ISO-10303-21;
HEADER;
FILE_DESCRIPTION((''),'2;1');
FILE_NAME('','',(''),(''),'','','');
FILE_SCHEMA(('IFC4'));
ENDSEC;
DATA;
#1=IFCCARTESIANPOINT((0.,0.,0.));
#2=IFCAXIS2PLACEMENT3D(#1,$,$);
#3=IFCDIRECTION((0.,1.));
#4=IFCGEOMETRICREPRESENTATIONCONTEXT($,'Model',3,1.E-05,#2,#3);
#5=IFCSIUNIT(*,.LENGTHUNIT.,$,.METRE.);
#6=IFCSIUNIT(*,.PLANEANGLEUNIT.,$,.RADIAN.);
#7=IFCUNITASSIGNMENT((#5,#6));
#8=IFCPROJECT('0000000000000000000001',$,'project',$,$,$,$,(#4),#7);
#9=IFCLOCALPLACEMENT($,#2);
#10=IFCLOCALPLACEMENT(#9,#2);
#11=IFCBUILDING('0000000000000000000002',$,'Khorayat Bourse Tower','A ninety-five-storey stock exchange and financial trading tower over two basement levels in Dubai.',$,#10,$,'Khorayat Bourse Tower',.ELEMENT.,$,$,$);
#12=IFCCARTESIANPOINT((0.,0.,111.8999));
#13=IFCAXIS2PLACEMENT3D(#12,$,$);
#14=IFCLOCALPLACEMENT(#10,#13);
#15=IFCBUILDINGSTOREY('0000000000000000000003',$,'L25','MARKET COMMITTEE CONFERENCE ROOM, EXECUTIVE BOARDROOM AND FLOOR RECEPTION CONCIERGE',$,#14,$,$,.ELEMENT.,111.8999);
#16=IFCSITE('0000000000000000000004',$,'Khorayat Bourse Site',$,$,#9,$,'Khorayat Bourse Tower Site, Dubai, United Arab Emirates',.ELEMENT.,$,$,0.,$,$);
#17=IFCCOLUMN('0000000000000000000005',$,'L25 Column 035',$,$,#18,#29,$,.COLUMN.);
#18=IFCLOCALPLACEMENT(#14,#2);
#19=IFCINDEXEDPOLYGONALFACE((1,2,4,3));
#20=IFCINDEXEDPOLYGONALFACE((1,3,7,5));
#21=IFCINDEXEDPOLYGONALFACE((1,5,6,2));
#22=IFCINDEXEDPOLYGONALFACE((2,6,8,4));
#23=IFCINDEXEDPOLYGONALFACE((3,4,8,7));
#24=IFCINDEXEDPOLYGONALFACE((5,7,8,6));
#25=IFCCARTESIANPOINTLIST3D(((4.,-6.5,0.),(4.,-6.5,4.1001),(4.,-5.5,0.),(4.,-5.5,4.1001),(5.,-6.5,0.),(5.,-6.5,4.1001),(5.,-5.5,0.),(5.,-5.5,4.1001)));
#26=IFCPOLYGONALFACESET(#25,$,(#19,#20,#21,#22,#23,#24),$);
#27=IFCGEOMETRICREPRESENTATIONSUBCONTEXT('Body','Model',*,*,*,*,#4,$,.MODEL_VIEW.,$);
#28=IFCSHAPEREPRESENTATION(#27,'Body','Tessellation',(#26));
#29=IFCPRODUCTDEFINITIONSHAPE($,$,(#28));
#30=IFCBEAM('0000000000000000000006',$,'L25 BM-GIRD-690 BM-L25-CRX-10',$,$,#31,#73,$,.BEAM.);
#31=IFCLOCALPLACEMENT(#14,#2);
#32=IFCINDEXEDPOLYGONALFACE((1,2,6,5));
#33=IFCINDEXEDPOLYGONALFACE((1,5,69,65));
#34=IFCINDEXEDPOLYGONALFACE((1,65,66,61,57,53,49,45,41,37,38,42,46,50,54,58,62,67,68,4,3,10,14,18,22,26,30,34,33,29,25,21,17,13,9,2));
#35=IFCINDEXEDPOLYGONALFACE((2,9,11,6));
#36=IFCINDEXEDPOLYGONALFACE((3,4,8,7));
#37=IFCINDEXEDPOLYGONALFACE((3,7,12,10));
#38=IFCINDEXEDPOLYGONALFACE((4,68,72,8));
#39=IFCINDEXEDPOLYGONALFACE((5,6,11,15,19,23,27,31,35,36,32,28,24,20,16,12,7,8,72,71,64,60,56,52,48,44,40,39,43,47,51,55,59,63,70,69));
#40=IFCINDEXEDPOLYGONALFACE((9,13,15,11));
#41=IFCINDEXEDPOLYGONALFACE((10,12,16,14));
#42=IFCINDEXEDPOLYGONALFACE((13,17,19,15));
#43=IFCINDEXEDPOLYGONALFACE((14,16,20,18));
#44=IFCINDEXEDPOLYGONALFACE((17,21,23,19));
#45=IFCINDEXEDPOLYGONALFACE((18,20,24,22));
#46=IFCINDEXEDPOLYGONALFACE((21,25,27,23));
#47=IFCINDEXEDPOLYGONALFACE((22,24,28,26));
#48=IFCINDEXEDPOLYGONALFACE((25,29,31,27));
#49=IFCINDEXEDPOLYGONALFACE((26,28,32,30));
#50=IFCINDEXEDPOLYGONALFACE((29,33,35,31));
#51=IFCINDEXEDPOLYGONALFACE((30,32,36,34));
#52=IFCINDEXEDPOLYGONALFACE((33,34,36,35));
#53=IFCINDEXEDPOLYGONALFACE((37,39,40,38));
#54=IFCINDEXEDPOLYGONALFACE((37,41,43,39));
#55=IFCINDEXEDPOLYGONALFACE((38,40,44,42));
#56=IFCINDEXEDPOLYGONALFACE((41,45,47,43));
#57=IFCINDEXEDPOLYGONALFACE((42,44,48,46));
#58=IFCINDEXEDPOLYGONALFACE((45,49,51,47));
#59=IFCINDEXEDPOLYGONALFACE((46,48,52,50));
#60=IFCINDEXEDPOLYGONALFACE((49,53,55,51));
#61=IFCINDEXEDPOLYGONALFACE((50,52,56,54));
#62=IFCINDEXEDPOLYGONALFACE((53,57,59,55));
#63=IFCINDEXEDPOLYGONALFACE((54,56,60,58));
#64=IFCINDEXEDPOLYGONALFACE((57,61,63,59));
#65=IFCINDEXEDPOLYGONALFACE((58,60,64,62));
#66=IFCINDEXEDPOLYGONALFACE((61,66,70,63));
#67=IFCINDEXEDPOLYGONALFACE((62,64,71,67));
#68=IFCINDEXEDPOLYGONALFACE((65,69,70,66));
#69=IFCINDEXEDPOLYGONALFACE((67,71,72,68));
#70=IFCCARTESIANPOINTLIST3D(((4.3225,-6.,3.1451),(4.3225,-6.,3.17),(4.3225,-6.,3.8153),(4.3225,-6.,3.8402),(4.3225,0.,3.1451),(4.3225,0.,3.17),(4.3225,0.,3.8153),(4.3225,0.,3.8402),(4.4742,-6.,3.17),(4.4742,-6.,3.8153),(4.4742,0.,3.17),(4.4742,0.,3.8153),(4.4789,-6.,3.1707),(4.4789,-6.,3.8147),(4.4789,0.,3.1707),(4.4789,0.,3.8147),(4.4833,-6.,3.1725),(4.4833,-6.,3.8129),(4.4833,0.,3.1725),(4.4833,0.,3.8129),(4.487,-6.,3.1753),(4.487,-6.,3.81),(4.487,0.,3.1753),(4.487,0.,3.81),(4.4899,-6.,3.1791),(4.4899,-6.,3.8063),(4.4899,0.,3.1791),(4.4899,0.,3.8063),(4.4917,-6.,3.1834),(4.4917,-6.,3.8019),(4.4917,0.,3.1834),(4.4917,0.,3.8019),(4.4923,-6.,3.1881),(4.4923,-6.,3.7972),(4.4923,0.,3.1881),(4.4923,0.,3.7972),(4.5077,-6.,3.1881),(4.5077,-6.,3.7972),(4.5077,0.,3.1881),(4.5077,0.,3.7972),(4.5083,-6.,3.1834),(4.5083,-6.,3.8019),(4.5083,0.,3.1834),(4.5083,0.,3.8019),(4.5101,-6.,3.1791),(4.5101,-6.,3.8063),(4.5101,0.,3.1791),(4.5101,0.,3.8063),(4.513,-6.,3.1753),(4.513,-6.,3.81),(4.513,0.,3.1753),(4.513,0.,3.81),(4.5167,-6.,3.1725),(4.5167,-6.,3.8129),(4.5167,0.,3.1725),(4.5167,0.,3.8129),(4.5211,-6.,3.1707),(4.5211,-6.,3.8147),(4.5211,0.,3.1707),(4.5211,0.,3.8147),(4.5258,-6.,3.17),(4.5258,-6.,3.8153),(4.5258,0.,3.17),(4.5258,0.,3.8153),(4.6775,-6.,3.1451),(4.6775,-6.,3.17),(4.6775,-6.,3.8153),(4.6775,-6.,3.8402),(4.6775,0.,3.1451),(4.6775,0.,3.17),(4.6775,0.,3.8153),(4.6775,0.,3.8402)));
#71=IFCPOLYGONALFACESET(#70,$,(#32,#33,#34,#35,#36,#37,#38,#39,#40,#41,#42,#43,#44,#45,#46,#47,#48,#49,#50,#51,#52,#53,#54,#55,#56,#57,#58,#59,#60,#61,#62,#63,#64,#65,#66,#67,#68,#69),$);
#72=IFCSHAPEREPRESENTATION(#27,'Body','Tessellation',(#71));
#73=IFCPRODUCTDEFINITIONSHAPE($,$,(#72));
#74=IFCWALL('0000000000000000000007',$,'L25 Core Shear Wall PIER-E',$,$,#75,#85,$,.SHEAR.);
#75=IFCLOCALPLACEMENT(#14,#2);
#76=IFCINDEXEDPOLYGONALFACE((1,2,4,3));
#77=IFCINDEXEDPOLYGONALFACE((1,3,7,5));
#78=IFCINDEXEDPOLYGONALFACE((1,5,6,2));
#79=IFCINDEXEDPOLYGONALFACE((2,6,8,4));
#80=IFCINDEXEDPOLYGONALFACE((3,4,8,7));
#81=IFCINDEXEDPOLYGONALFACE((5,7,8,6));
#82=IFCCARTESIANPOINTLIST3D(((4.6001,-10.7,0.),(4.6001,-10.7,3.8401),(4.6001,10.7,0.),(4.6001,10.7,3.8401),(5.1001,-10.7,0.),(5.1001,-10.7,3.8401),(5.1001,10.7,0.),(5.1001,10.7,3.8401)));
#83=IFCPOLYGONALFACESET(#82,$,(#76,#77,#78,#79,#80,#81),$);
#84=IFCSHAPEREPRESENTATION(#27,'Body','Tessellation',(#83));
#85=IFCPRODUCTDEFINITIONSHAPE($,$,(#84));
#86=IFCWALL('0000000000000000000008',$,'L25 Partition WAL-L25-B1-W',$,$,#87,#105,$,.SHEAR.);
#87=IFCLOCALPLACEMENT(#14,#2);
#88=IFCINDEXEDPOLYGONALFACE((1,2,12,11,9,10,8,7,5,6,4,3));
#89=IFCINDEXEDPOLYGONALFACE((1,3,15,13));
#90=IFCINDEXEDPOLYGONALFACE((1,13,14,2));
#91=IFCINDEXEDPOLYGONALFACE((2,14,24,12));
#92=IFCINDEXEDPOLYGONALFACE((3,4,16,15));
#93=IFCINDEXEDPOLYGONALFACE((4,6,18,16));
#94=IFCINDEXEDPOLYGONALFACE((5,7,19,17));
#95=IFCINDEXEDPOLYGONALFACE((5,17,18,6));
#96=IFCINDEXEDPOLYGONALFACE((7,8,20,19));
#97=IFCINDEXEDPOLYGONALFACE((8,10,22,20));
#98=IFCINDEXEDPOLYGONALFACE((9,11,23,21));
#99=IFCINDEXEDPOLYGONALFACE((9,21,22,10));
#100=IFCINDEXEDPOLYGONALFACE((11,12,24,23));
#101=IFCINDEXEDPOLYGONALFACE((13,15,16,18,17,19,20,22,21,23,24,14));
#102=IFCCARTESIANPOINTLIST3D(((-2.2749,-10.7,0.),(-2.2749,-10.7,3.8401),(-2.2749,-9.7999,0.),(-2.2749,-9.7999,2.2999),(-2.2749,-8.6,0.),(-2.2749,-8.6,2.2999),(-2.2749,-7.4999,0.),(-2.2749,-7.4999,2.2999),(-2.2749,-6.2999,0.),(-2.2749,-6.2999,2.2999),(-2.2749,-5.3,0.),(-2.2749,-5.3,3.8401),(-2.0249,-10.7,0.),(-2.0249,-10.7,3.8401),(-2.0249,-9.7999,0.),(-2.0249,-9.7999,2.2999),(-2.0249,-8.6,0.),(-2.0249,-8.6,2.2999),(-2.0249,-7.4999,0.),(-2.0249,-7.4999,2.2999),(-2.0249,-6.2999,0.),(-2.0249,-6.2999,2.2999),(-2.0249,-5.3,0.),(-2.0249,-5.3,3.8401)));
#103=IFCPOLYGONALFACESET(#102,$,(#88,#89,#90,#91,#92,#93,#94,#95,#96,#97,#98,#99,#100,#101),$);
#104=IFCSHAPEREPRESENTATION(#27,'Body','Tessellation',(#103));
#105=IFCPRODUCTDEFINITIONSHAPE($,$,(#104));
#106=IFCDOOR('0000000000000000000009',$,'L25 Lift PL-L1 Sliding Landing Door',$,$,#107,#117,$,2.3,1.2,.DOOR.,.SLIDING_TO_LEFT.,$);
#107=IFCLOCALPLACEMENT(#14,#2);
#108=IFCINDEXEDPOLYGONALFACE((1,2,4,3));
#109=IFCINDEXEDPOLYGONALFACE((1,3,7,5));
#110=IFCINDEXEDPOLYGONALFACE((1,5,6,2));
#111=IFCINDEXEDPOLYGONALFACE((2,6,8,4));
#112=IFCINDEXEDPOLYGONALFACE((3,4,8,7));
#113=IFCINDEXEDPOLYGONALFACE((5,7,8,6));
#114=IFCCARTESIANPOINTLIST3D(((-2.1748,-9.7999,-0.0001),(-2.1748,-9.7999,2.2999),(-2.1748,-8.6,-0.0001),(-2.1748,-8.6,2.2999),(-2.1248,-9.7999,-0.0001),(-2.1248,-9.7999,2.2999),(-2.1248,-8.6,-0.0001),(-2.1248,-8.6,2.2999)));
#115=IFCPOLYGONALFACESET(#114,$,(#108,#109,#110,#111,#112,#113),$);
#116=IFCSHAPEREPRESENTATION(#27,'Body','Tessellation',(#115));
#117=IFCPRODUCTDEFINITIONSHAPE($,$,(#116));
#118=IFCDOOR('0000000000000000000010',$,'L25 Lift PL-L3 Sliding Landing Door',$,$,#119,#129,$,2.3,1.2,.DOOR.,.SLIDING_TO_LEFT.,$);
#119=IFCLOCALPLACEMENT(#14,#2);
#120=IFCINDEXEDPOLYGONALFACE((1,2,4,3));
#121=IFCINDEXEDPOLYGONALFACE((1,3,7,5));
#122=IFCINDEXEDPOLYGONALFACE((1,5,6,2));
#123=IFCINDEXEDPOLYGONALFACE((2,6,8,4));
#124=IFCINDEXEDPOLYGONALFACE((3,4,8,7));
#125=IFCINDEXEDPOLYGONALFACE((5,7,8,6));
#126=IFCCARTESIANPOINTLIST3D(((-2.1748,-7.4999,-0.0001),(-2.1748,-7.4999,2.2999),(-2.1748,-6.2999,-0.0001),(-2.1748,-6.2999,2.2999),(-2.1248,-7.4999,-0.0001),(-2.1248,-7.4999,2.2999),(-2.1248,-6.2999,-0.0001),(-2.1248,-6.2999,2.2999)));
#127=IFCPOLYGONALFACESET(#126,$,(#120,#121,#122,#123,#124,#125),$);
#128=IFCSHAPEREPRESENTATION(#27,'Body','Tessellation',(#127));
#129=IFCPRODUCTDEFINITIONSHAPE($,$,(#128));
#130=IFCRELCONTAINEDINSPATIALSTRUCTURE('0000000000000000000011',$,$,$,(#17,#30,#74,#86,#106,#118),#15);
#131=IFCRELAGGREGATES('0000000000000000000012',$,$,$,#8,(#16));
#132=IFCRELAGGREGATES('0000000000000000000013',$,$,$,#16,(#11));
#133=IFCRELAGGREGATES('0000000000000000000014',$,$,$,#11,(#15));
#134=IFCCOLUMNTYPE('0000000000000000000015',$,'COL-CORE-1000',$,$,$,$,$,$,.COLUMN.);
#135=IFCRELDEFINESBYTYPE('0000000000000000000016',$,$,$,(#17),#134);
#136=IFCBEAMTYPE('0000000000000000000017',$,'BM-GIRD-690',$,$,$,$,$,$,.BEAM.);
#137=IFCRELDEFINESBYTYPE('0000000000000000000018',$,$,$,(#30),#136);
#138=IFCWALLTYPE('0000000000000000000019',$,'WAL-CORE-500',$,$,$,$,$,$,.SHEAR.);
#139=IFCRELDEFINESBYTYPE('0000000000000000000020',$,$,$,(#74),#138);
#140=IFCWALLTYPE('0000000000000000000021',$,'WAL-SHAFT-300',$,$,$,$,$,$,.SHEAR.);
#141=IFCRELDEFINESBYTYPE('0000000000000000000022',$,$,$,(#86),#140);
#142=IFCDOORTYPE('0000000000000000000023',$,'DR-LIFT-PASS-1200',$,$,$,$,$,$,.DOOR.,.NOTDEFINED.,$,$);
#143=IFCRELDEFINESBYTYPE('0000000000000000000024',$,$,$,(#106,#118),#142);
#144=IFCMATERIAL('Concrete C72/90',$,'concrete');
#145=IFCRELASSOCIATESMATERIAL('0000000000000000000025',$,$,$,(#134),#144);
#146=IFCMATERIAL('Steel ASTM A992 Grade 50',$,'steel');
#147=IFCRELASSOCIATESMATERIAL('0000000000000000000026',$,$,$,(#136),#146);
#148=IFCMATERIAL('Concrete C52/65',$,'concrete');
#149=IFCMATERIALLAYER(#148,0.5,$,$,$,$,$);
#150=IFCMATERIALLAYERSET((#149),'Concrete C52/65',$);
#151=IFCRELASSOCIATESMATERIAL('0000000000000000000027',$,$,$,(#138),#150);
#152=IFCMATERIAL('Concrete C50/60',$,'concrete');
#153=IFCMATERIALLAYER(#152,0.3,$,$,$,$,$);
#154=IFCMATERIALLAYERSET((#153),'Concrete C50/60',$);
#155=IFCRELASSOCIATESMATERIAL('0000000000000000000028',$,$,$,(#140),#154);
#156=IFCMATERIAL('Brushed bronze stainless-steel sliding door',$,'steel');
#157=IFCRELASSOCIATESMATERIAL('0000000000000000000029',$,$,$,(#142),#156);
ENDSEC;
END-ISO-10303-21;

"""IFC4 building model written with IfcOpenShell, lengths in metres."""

from ifc_helpers import new_model, si_unit, direction, frame, frame_2d, origin, origin_2d, place, context, subcontext, project, spatial, rectangle, i_section, extrude, source, transform, mapped, material, layer, layer_set, material_profile, profile_set, type_object, element, fill, save


model = new_model("IFC4")

# Units and contexts
model_context = context("Model", 3, precision=1e-05, world=origin(), true_north=direction((0.0, 1.0)))
body_context = subcontext(model_context, "Body", "Model", "MODEL_VIEW")
ifc_project = project(units=[si_unit("LENGTHUNIT", "METRE"), si_unit("PLANEANGLEUNIT", "RADIAN")], contexts=[model_context])

# Site, building, storey
site_placement = place(None, origin())
site = spatial("IfcSite", under=ifc_project, at=site_placement, Name="Khorayat Bourse Site", LongName="Khorayat Bourse Tower Site, Dubai, United Arab Emirates", CompositionType="ELEMENT", RefElevation=0.0)
building_placement = place(site_placement, origin())
building = spatial("IfcBuilding", under=site, at=building_placement, Name="Khorayat Bourse Tower", Description="A ninety-five-storey stock exchange and financial trading tower over two basement levels in Dubai.", LongName="Khorayat Bourse Tower", CompositionType="ELEMENT")
storey_placement = place(building_placement, frame((0.0, 0.0, 111.8999)))
storey = spatial("IfcBuildingStorey", under=building, at=storey_placement, Name="L25", Description="MARKET COMMITTEE CONFERENCE ROOM, EXECUTIVE BOARDROOM AND FLOOR RECEPTION CONCIERGE", CompositionType="ELEMENT", Elevation=111.8999)

# Column
ifc_material_1 = material(Name="Concrete C72/90", Category="concrete")
ifc_material_profile_1 = material_profile(ifc_material_1, rectangle(XDim=1.0, YDim=1.0, at=origin_2d()), Name="RC 1000x1000")
ifc_profile_set_1 = profile_set([ifc_material_profile_1], Name="Concrete C72/90")
column_type = type_object("IfcColumnType", Name="COL-CORE-1000", PredefinedType="COLUMN", material=ifc_profile_set_1)
shared_shape_1 = source(origin(), body_context, "Body", "SweptSolid", [
    extrude(rectangle(XDim=1.0, YDim=1.0, at=origin_2d()), origin(), (0.0, 0.0, 1.0), 4.1001),
])
column_placement = place(storey_placement, frame((4.5, -6.0, 0.0), z_axis=(0.0, 0.0, 1.0), x_axis=(1.0, 0.0, 0.0)))
element("IfcColumn", 1, at=column_placement, inside=storey, type_object=column_type, Name="L25 Column 035", PredefinedType="COLUMN", context=body_context, shape_type="MappedRepresentation", body=[
    mapped(shared_shape_1, transform((0.0, 0.0, 0.0), scale=1.0)),
])

# Beam
ifc_material_2 = material(Name="Steel ASTM A992 Grade 50", Category="steel")
ifc_material_profile_2 = material_profile(ifc_material_2, i_section(OverallWidth=0.355, OverallDepth=0.6951, WebThickness=0.0154, FlangeThickness=0.0249, FilletRadius=0.0181, at=origin_2d()), Name="W690X217")
ifc_profile_set_2 = profile_set([ifc_material_profile_2], Name="Steel ASTM A992 Grade 50")
beam_type = type_object("IfcBeamType", Name="BM-GIRD-690", PredefinedType="BEAM", material=ifc_profile_set_2)
shared_shape_2 = source(origin(), body_context, "Body", "SweptSolid", [
    extrude(i_section(OverallWidth=0.355, OverallDepth=0.6951, WebThickness=0.0154, FlangeThickness=0.0249, FilletRadius=0.0181, at=origin_2d()), origin(), (0.0, 0.0, 1.0), 6.0),
])
beam_placement = place(storey_placement, frame((4.5, -6.0, 3.4927), z_axis=(0.0, 1.0, 0.0), x_axis=(-1.0, 0.0, 0.0)))
element("IfcBeam", 2, at=beam_placement, inside=storey, type_object=beam_type, Name="L25 BM-GIRD-690 BM-L25-CRX-10", PredefinedType="BEAM", context=body_context, shape_type="MappedRepresentation", body=[
    mapped(shared_shape_2, transform((0.0, 0.0, 0.0), scale=1.0)),
])

# Wall
ifc_material_3 = material(Name="Concrete C52/65", Category="concrete")
ifc_layer_1 = layer(ifc_material_3, 0.5)
ifc_layer_set_1 = layer_set([ifc_layer_1], Name="Concrete C52/65")
wall_type_1 = type_object("IfcWallType", Name="WAL-CORE-500", PredefinedType="SHEAR", material=ifc_layer_set_1)
shared_shape_3 = source(origin(), body_context, "Body", "SweptSolid", [
    extrude(rectangle(XDim=21.3999, YDim=0.5, at=frame_2d((10.7, 0.0))), origin(), (0.0, 0.0, 1.0), 3.8401),
])
wall_1_placement = place(storey_placement, frame((4.8501, -10.7, 0.0), z_axis=(0.0, 0.0, 1.0), x_axis=(0.0, 1.0, 0.0)))
element("IfcWall", 3, at=wall_1_placement, inside=storey, type_object=wall_type_1, Name="L25 Core Shear Wall PIER-E", PredefinedType="SHEAR", context=body_context, shape_type="MappedRepresentation", body=[
    mapped(shared_shape_3, transform((0.0, 0.0, 0.0), scale=1.0)),
])

# Wall, openings, doors
ifc_material_4 = material(Name="Concrete C50/60", Category="concrete")
ifc_layer_2 = layer(ifc_material_4, 0.3)
ifc_layer_set_2 = layer_set([ifc_layer_2], Name="Concrete C50/60")
wall_type_2 = type_object("IfcWallType", Name="WAL-SHAFT-300", PredefinedType="SHEAR", material=ifc_layer_set_2)
shared_shape_4 = source(origin(), body_context, "Body", "SweptSolid", [
    extrude(rectangle(XDim=5.3999, YDim=0.25, at=frame_2d((2.7, 0.0))), origin(), (0.0, 0.0, 1.0), 3.8401),
])
wall_2_placement = place(storey_placement, frame((-2.1499, -10.7, 0.0), z_axis=(0.0, 0.0, 1.0), x_axis=(0.0, 1.0, 0.0)))
wall_2 = element("IfcWall", 4, at=wall_2_placement, inside=storey, type_object=wall_type_2, Name="L25 Partition WAL-L25-B1-W", PredefinedType="SHEAR", context=body_context, shape_type="MappedRepresentation", body=[
    mapped(shared_shape_4, transform((0.0, 0.0, 0.0), scale=1.0)),
])
shared_shape_5 = source(origin(), body_context, "Body", "SweptSolid", [
    extrude(rectangle(XDim=1.2, YDim=2.3, at=frame_2d((0.6001, 1.1499))), frame((0.0, 0.135, 0.0), z_axis=(0.0, -1.0, 0.0), x_axis=(1.0, 0.0, 0.0)), (0.0, 0.0, 1.0), 0.27),
])
opening_1_placement = place(wall_2_placement, frame((0.8999, 0.0, 0.0)))
opening_1 = element("IfcOpeningElement", 5, at=opening_1_placement, cuts=wall_2, PredefinedType="OPENING", context=body_context, shape_type="MappedRepresentation", body=[
    mapped(shared_shape_5, transform((0.0, 0.0, 0.0), scale=1.0)),
])
opening_2_placement = place(wall_2_placement, frame((3.2, 0.0, 0.0)))
opening_2 = element("IfcOpeningElement", 6, at=opening_2_placement, cuts=wall_2, PredefinedType="OPENING", context=body_context, shape_type="MappedRepresentation", body=[
    mapped(shared_shape_5, transform((0.0, 0.0, 0.0), scale=1.0)),
])
ifc_material_5 = material(Name="Brushed bronze stainless-steel sliding door", Category="steel")
door_type_1 = type_object("IfcDoorType", Name="DR-LIFT-PASS-1200", OperationType="NOTDEFINED", PredefinedType="DOOR", material=ifc_material_5)
shared_shape_6 = source(origin(), body_context, "Body", "SweptSolid", [
    extrude(rectangle(XDim=1.2, YDim=2.3, at=frame_2d((0.6001, 1.1499))), frame((0.0, 0.0249, 0.0), z_axis=(0.0, -1.0, 0.0), x_axis=(1.0, 0.0, 0.0)), (0.0, 0.0, 1.0), 0.05),
])
door_1_placement = place(opening_1_placement, origin())
door_1 = element("IfcDoor", 7, at=door_1_placement, inside=storey, type_object=door_type_1, Name="L25 Lift PL-L1 Sliding Landing Door", OperationType="SLIDING_TO_LEFT", OverallHeight=2.3, OverallWidth=1.2, PredefinedType="DOOR", context=body_context, shape_type="MappedRepresentation", body=[
    mapped(shared_shape_6, transform((0.0, 0.0, 0.0), scale=1.0)),
])
fill(opening_1, door_1)
door_2_placement = place(opening_2_placement, origin())
door_2 = element("IfcDoor", 8, at=door_2_placement, inside=storey, type_object=door_type_1, Name="L25 Lift PL-L3 Sliding Landing Door", OperationType="SLIDING_TO_LEFT", OverallHeight=2.3, OverallWidth=1.2, PredefinedType="DOOR", context=body_context, shape_type="MappedRepresentation", body=[
    mapped(shared_shape_6, transform((0.0, 0.0, 0.0), scale=1.0)),
])
fill(opening_2, door_2)

save(model, "model.ifc")
